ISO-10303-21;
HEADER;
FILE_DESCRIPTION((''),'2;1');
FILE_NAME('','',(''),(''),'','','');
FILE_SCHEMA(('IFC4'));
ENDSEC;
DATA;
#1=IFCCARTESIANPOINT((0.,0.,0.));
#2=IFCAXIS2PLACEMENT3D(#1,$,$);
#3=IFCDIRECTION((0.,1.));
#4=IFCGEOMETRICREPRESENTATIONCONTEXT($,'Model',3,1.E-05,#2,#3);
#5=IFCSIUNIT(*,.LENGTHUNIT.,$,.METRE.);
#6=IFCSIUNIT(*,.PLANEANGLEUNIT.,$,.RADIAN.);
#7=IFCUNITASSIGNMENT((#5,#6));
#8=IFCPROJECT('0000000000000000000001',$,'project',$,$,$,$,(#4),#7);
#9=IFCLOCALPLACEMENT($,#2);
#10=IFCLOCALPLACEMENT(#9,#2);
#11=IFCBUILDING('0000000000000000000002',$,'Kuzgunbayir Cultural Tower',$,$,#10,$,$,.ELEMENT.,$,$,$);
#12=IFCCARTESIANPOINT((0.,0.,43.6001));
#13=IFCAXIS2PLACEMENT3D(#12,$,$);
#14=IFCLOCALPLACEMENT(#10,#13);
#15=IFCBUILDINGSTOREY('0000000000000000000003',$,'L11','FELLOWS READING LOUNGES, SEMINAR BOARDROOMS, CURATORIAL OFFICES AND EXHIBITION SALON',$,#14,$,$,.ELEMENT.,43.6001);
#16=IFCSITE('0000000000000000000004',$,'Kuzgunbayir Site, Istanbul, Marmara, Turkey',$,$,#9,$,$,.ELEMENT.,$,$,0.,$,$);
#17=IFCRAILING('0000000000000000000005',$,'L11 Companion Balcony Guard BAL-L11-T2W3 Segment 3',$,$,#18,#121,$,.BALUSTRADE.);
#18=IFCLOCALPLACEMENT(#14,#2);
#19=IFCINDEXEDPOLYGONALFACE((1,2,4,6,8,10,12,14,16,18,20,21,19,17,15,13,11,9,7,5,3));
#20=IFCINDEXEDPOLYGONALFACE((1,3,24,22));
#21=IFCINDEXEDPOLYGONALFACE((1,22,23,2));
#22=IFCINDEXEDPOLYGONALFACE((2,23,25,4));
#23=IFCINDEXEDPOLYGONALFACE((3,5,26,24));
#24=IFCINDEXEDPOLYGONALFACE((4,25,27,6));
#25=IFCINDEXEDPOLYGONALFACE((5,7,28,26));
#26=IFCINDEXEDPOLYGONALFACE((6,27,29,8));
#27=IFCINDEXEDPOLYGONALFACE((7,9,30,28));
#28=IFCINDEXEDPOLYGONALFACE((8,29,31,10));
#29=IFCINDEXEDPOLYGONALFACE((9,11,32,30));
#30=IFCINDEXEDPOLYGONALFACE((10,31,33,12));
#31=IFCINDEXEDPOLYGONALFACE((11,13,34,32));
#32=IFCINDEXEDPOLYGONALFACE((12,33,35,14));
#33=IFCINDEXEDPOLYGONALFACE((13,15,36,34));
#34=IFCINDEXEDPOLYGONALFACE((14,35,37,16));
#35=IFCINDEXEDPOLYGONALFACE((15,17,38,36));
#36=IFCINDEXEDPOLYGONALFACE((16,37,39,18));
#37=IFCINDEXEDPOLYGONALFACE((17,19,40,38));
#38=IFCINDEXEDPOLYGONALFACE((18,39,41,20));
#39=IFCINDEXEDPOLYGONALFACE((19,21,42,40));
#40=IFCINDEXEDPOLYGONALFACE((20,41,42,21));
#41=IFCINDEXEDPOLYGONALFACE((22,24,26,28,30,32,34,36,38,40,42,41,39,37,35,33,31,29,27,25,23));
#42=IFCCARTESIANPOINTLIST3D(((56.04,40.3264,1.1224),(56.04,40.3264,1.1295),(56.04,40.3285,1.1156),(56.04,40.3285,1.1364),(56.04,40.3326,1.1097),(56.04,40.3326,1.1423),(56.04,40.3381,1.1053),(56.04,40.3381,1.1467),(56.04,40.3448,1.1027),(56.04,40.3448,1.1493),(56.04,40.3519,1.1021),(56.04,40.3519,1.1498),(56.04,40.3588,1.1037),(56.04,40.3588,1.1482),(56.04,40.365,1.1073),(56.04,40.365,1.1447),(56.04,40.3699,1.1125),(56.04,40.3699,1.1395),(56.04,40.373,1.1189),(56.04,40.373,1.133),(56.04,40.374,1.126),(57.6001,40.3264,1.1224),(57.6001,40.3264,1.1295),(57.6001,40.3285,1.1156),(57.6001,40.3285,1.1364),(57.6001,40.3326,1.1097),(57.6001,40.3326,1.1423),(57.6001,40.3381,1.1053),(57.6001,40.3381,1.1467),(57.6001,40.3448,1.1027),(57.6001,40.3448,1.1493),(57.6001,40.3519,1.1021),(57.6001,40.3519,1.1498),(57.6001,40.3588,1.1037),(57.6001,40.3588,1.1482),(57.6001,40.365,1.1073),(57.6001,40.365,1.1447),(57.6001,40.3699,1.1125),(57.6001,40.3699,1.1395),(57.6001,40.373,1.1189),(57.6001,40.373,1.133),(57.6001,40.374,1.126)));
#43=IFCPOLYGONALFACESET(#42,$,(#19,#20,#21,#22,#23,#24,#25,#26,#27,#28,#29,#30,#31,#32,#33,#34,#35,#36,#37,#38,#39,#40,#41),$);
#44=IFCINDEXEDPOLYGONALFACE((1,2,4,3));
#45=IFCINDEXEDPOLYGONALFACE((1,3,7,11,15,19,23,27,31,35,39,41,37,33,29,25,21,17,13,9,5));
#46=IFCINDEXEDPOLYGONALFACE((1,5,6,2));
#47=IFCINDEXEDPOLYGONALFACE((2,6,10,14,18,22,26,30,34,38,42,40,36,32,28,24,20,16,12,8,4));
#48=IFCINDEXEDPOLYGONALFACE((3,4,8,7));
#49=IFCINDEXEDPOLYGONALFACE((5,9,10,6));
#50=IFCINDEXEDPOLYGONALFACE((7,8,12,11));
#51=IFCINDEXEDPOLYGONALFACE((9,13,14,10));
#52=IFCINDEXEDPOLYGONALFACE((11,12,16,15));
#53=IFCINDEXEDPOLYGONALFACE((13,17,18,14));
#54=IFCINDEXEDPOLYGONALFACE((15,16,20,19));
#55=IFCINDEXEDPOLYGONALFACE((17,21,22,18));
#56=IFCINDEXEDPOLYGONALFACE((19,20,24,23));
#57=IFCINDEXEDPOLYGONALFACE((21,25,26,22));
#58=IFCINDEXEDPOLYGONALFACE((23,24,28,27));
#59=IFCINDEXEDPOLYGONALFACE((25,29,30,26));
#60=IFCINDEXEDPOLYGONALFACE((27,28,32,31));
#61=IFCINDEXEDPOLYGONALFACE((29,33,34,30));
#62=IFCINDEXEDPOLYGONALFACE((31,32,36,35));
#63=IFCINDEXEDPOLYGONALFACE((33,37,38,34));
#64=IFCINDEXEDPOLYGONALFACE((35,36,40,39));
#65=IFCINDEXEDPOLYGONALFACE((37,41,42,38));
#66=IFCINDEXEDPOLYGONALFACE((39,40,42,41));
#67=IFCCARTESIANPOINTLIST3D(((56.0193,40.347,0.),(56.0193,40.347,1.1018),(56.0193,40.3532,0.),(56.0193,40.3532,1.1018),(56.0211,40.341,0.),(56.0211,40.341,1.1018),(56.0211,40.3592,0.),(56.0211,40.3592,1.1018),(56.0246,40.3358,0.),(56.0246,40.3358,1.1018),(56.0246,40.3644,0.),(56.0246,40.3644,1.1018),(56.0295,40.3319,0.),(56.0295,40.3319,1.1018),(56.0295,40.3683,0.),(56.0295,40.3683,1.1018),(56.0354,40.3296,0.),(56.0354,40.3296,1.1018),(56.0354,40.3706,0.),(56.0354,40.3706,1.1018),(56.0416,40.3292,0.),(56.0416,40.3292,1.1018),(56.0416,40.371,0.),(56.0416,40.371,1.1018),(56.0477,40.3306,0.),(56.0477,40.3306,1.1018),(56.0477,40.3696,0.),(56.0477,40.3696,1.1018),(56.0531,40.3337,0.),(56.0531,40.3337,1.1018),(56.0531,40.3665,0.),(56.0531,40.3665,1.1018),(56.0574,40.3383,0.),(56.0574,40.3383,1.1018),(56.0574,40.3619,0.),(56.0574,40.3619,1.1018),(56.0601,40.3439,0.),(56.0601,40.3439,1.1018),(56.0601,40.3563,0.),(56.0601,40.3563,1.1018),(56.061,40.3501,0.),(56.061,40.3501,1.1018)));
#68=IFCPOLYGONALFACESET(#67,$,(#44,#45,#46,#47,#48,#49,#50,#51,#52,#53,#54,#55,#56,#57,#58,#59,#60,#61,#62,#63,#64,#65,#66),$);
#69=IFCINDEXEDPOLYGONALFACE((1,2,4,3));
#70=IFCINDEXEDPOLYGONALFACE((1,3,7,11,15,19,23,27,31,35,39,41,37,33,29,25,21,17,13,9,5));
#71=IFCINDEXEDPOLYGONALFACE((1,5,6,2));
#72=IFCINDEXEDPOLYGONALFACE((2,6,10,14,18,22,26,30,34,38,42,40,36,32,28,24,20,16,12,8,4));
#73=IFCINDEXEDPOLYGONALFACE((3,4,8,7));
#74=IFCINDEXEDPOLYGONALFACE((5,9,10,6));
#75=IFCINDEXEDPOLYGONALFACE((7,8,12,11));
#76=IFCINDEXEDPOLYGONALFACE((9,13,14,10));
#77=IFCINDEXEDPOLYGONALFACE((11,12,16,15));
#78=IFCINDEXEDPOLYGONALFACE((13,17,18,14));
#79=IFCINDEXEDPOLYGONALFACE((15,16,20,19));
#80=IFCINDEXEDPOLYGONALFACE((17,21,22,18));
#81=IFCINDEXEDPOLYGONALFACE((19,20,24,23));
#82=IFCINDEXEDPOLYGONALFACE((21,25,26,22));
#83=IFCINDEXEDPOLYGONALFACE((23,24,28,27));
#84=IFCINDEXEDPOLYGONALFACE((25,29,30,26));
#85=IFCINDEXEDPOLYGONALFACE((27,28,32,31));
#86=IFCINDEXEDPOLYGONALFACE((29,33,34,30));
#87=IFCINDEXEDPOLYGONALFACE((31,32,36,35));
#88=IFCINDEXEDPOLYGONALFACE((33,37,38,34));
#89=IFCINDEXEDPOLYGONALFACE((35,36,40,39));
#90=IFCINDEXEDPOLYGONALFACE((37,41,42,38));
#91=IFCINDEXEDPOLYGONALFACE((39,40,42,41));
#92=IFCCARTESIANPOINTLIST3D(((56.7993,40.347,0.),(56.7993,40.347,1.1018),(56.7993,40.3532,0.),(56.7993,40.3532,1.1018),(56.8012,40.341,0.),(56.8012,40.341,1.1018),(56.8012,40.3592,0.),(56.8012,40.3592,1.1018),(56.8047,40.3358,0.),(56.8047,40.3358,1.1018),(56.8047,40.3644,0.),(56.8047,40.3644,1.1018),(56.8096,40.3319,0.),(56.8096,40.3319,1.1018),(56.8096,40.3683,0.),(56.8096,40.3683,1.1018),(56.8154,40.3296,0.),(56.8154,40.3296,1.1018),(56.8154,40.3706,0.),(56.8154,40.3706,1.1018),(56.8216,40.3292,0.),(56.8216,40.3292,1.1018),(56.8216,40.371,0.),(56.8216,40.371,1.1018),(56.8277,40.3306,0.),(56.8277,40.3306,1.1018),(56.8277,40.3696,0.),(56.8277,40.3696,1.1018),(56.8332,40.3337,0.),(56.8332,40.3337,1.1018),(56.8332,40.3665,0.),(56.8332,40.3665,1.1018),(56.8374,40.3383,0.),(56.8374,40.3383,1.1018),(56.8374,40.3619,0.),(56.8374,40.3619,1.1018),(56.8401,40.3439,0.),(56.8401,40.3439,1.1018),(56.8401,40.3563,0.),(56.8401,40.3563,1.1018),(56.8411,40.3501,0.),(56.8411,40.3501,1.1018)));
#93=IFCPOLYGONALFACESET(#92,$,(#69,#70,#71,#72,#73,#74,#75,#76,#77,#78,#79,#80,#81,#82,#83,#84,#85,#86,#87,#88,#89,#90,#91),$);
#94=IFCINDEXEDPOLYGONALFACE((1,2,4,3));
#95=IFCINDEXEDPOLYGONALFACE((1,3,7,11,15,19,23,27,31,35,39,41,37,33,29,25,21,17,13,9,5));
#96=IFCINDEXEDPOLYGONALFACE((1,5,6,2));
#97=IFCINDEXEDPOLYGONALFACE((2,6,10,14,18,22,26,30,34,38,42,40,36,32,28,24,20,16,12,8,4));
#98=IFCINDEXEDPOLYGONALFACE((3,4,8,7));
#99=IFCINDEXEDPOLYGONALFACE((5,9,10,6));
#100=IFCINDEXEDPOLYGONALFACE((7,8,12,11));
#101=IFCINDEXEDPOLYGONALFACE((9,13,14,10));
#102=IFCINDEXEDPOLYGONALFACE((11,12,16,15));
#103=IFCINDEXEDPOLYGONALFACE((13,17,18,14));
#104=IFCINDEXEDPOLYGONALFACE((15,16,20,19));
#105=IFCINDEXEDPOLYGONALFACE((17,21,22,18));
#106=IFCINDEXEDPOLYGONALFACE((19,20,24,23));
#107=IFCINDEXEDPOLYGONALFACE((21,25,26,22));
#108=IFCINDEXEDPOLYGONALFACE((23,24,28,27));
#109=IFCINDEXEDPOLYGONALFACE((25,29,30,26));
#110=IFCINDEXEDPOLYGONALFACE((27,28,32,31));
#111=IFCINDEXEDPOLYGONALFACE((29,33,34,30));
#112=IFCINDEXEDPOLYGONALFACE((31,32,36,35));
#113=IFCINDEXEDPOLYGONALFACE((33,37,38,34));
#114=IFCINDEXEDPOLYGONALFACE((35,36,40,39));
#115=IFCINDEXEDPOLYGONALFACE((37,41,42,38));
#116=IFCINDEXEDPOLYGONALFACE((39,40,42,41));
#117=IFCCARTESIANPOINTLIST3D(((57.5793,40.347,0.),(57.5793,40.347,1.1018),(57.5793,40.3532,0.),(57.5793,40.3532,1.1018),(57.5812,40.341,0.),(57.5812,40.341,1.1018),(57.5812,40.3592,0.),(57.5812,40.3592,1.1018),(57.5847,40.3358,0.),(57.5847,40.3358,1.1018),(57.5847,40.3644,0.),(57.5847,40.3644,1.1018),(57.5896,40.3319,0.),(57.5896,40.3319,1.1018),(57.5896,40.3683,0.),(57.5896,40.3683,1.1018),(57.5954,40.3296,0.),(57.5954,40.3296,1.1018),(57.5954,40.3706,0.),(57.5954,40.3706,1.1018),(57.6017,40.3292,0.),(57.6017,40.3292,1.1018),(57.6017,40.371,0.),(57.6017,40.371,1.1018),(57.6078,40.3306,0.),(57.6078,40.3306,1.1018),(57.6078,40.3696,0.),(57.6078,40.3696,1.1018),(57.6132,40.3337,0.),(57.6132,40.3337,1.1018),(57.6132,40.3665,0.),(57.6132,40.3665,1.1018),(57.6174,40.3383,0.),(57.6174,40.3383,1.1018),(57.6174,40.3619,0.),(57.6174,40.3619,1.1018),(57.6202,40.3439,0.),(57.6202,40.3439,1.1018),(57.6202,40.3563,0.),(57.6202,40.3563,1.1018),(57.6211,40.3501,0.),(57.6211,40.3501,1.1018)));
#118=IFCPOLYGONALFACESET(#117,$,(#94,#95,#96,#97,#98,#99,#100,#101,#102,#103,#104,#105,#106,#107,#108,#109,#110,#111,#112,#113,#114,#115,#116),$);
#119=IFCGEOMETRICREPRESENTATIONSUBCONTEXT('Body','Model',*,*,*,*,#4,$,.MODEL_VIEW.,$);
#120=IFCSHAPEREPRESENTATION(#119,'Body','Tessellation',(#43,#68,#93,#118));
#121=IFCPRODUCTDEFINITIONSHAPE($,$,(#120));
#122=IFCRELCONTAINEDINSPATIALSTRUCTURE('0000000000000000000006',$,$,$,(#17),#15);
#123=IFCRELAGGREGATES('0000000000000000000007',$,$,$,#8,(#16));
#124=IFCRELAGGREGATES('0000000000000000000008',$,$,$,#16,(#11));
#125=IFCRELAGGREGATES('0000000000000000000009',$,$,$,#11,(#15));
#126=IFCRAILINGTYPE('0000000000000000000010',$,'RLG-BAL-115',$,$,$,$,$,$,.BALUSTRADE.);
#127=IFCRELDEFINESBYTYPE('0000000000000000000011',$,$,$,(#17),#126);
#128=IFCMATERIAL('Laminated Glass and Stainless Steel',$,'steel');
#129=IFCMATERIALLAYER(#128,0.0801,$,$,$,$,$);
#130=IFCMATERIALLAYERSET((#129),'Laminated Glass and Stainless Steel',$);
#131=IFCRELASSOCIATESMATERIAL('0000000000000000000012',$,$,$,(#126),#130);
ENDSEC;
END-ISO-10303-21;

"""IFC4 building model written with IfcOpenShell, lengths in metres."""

from ifc_helpers import new_model, si_unit, direction, frame, origin, origin_2d, place, context, subcontext, project, spatial, circle, extrude, material, layer, layer_set, type_object, element, save


model = new_model("IFC4")

# Units and contexts
model_context = context("Model", 3, precision=1e-05, world=origin(), true_north=direction((0.0, 1.0)))
body_context = subcontext(model_context, "Body", "Model", "MODEL_VIEW")
ifc_project = project(units=[si_unit("LENGTHUNIT", "METRE"), si_unit("PLANEANGLEUNIT", "RADIAN")], contexts=[model_context])

# Site, building, storey
site_placement = place(None, origin())
site = spatial("IfcSite", under=ifc_project, at=site_placement, Name="Kuzgunbayir Site, Istanbul, Marmara, Turkey", CompositionType="ELEMENT", RefElevation=0.0)
building_placement = place(site_placement, origin())
building = spatial("IfcBuilding", under=site, at=building_placement, Name="Kuzgunbayir Cultural Tower", CompositionType="ELEMENT")
storey_placement = place(building_placement, frame((0.0, 0.0, 43.6001)))
storey = spatial("IfcBuildingStorey", under=building, at=storey_placement, Name="L11", Description="FELLOWS READING LOUNGES, SEMINAR BOARDROOMS, CURATORIAL OFFICES AND EXHIBITION SALON", CompositionType="ELEMENT", Elevation=43.6001)

# Railing
ifc_material_1 = material(Name="Laminated Glass and Stainless Steel", Category="steel")
ifc_layer_1 = layer(ifc_material_1, 0.0801)
ifc_layer_set_1 = layer_set([ifc_layer_1], Name="Laminated Glass and Stainless Steel")
railing_type = type_object("IfcRailingType", Name="RLG-BAL-115", PredefinedType="BALUSTRADE", material=ifc_layer_set_1)
railing_1_placement = place(storey_placement, frame((56.04, 40.3501, 0.0)))
element("IfcRailing", 1, at=railing_1_placement, inside=storey, type_object=railing_type, Name="L11 Companion Balcony Guard BAL-L11-T2W3 Segment 3", PredefinedType="BALUSTRADE", context=body_context, shape_type="SweptSolid", body=[
    extrude(circle(Radius=0.0239, at=origin_2d()), frame((0.0, 0.0, 1.126), z_axis=(1.0, 0.0, 0.0), x_axis=(0.0, 1.0, 0.0)), (0.0, 0.0, 1.0), 1.5601),
    extrude(circle(Radius=0.021, at=origin_2d()), origin(), (0.0, 0.0, 1.0), 1.1018),
    extrude(circle(Radius=0.021, at=origin_2d()), frame((0.78, 0.0, 0.0)), (0.0, 0.0, 1.0), 1.1018),
    extrude(circle(Radius=0.021, at=origin_2d()), frame((1.5601, 0.0, 0.0)), (0.0, 0.0, 1.0), 1.1018),
])

save(model, "model.ifc")
